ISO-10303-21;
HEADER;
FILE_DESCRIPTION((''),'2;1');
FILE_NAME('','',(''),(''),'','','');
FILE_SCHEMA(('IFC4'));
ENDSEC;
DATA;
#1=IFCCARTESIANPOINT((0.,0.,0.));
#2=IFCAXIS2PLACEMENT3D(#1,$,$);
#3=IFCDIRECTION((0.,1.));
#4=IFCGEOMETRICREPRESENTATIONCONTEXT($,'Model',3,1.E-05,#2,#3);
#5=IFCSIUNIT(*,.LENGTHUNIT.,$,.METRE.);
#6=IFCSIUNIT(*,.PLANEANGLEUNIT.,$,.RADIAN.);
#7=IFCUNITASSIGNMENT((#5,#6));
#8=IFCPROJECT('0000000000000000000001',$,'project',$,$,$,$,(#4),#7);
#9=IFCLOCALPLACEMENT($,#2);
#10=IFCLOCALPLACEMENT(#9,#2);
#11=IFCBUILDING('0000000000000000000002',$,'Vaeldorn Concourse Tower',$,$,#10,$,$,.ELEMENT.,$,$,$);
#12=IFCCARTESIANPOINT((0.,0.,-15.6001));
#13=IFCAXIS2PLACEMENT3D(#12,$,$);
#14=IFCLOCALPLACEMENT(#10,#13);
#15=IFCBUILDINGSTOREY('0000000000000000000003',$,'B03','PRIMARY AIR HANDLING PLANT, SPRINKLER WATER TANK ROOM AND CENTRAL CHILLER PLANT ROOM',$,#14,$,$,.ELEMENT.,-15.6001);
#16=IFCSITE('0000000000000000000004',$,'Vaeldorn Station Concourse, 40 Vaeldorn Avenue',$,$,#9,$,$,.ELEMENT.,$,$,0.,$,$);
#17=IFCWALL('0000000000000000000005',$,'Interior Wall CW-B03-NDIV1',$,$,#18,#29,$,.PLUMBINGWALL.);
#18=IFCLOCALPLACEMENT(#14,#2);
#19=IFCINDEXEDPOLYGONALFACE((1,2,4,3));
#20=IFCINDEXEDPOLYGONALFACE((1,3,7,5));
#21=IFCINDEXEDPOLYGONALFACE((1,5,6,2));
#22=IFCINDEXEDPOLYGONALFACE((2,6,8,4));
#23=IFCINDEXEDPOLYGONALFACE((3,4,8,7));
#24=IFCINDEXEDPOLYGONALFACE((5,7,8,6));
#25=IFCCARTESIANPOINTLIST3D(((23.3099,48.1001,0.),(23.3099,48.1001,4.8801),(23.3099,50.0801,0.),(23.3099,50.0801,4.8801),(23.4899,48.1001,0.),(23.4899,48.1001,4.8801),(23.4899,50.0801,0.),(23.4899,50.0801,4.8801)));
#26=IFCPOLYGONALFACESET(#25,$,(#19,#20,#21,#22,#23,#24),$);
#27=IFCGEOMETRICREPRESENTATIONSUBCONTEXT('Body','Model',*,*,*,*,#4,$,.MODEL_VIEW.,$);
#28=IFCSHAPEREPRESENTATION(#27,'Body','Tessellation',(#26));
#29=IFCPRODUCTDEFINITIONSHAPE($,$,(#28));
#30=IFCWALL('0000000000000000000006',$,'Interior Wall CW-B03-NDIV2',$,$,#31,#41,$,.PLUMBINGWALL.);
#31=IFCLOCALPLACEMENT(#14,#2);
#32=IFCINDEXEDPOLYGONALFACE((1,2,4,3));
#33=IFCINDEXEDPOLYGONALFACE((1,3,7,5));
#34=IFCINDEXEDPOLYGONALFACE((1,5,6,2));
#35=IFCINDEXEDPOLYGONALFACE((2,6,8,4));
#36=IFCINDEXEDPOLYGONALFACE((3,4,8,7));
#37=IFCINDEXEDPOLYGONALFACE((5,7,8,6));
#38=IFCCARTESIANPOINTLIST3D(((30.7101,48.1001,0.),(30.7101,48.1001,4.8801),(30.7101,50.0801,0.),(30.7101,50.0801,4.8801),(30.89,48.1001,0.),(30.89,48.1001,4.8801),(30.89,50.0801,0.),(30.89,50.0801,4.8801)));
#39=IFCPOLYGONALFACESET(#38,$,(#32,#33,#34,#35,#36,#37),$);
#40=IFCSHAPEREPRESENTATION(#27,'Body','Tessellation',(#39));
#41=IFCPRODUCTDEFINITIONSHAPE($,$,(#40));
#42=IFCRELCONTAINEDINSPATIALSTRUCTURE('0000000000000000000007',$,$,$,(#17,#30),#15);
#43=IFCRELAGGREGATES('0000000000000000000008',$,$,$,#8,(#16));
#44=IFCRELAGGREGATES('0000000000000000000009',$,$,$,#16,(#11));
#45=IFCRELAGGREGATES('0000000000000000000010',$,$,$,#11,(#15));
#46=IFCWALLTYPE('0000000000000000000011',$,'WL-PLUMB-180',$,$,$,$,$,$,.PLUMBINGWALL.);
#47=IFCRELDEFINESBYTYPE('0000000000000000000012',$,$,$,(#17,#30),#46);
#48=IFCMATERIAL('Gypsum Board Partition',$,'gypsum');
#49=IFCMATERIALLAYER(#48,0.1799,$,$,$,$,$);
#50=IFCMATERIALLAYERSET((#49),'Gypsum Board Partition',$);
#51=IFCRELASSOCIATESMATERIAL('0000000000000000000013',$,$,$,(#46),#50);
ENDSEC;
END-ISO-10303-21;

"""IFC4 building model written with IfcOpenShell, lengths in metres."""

from ifc_helpers import new_model, si_unit, direction, frame, frame_2d, origin, place, context, subcontext, project, spatial, rectangle, extrude, material, layer, layer_set, type_object, element, save


model = new_model("IFC4")

# Units and contexts
model_context = context("Model", 3, precision=1e-05, world=origin(), true_north=direction((0.0, 1.0)))
body_context = subcontext(model_context, "Body", "Model", "MODEL_VIEW")
ifc_project = project(units=[si_unit("LENGTHUNIT", "METRE"), si_unit("PLANEANGLEUNIT", "RADIAN")], contexts=[model_context])

# Site, building, storey
site_placement = place(None, origin())
site = spatial("IfcSite", under=ifc_project, at=site_placement, Name="Vaeldorn Station Concourse, 40 Vaeldorn Avenue", CompositionType="ELEMENT", RefElevation=0.0)
building_placement = place(site_placement, origin())
building = spatial("IfcBuilding", under=site, at=building_placement, Name="Vaeldorn Concourse Tower", CompositionType="ELEMENT")
storey_placement = place(building_placement, frame((0.0, 0.0, -15.6001)))
storey = spatial("IfcBuildingStorey", under=building, at=storey_placement, Name="B03", Description="PRIMARY AIR HANDLING PLANT, SPRINKLER WATER TANK ROOM AND CENTRAL CHILLER PLANT ROOM", CompositionType="ELEMENT", Elevation=-15.6001)

# Walls
ifc_material_1 = material(Name="Gypsum Board Partition", Category="gypsum")
ifc_layer_1 = layer(ifc_material_1, 0.1799)
ifc_layer_set_1 = layer_set([ifc_layer_1], Name="Gypsum Board Partition")
wall_type_1 = type_object("IfcWallType", Name="WL-PLUMB-180", PredefinedType="PLUMBINGWALL", material=ifc_layer_set_1)
for number, where, z_axis, x_axis, name in (
    (1, (23.3999, 48.1001, 0.0), (0.0, 0.0, 1.0), (0.0, 1.0, 0.0), "Interior Wall CW-B03-NDIV1"),
    (2, (30.8, 48.1001, 0.0), (0.0, 0.0, 1.0), (0.0, 1.0, 0.0), "Interior Wall CW-B03-NDIV2"),
):
    element("IfcWall", number, at=place(storey_placement, frame(where, z_axis=z_axis, x_axis=x_axis)), inside=storey, type_object=wall_type_1, Name=name, PredefinedType="PLUMBINGWALL", context=body_context, shape_type="SweptSolid", body=[
        extrude(rectangle(XDim=1.98, YDim=0.1799, at=frame_2d((0.99, 0.0))), origin(), (0.0, 0.0, 1.0), 4.8801),
    ])

save(model, "model.ifc")
